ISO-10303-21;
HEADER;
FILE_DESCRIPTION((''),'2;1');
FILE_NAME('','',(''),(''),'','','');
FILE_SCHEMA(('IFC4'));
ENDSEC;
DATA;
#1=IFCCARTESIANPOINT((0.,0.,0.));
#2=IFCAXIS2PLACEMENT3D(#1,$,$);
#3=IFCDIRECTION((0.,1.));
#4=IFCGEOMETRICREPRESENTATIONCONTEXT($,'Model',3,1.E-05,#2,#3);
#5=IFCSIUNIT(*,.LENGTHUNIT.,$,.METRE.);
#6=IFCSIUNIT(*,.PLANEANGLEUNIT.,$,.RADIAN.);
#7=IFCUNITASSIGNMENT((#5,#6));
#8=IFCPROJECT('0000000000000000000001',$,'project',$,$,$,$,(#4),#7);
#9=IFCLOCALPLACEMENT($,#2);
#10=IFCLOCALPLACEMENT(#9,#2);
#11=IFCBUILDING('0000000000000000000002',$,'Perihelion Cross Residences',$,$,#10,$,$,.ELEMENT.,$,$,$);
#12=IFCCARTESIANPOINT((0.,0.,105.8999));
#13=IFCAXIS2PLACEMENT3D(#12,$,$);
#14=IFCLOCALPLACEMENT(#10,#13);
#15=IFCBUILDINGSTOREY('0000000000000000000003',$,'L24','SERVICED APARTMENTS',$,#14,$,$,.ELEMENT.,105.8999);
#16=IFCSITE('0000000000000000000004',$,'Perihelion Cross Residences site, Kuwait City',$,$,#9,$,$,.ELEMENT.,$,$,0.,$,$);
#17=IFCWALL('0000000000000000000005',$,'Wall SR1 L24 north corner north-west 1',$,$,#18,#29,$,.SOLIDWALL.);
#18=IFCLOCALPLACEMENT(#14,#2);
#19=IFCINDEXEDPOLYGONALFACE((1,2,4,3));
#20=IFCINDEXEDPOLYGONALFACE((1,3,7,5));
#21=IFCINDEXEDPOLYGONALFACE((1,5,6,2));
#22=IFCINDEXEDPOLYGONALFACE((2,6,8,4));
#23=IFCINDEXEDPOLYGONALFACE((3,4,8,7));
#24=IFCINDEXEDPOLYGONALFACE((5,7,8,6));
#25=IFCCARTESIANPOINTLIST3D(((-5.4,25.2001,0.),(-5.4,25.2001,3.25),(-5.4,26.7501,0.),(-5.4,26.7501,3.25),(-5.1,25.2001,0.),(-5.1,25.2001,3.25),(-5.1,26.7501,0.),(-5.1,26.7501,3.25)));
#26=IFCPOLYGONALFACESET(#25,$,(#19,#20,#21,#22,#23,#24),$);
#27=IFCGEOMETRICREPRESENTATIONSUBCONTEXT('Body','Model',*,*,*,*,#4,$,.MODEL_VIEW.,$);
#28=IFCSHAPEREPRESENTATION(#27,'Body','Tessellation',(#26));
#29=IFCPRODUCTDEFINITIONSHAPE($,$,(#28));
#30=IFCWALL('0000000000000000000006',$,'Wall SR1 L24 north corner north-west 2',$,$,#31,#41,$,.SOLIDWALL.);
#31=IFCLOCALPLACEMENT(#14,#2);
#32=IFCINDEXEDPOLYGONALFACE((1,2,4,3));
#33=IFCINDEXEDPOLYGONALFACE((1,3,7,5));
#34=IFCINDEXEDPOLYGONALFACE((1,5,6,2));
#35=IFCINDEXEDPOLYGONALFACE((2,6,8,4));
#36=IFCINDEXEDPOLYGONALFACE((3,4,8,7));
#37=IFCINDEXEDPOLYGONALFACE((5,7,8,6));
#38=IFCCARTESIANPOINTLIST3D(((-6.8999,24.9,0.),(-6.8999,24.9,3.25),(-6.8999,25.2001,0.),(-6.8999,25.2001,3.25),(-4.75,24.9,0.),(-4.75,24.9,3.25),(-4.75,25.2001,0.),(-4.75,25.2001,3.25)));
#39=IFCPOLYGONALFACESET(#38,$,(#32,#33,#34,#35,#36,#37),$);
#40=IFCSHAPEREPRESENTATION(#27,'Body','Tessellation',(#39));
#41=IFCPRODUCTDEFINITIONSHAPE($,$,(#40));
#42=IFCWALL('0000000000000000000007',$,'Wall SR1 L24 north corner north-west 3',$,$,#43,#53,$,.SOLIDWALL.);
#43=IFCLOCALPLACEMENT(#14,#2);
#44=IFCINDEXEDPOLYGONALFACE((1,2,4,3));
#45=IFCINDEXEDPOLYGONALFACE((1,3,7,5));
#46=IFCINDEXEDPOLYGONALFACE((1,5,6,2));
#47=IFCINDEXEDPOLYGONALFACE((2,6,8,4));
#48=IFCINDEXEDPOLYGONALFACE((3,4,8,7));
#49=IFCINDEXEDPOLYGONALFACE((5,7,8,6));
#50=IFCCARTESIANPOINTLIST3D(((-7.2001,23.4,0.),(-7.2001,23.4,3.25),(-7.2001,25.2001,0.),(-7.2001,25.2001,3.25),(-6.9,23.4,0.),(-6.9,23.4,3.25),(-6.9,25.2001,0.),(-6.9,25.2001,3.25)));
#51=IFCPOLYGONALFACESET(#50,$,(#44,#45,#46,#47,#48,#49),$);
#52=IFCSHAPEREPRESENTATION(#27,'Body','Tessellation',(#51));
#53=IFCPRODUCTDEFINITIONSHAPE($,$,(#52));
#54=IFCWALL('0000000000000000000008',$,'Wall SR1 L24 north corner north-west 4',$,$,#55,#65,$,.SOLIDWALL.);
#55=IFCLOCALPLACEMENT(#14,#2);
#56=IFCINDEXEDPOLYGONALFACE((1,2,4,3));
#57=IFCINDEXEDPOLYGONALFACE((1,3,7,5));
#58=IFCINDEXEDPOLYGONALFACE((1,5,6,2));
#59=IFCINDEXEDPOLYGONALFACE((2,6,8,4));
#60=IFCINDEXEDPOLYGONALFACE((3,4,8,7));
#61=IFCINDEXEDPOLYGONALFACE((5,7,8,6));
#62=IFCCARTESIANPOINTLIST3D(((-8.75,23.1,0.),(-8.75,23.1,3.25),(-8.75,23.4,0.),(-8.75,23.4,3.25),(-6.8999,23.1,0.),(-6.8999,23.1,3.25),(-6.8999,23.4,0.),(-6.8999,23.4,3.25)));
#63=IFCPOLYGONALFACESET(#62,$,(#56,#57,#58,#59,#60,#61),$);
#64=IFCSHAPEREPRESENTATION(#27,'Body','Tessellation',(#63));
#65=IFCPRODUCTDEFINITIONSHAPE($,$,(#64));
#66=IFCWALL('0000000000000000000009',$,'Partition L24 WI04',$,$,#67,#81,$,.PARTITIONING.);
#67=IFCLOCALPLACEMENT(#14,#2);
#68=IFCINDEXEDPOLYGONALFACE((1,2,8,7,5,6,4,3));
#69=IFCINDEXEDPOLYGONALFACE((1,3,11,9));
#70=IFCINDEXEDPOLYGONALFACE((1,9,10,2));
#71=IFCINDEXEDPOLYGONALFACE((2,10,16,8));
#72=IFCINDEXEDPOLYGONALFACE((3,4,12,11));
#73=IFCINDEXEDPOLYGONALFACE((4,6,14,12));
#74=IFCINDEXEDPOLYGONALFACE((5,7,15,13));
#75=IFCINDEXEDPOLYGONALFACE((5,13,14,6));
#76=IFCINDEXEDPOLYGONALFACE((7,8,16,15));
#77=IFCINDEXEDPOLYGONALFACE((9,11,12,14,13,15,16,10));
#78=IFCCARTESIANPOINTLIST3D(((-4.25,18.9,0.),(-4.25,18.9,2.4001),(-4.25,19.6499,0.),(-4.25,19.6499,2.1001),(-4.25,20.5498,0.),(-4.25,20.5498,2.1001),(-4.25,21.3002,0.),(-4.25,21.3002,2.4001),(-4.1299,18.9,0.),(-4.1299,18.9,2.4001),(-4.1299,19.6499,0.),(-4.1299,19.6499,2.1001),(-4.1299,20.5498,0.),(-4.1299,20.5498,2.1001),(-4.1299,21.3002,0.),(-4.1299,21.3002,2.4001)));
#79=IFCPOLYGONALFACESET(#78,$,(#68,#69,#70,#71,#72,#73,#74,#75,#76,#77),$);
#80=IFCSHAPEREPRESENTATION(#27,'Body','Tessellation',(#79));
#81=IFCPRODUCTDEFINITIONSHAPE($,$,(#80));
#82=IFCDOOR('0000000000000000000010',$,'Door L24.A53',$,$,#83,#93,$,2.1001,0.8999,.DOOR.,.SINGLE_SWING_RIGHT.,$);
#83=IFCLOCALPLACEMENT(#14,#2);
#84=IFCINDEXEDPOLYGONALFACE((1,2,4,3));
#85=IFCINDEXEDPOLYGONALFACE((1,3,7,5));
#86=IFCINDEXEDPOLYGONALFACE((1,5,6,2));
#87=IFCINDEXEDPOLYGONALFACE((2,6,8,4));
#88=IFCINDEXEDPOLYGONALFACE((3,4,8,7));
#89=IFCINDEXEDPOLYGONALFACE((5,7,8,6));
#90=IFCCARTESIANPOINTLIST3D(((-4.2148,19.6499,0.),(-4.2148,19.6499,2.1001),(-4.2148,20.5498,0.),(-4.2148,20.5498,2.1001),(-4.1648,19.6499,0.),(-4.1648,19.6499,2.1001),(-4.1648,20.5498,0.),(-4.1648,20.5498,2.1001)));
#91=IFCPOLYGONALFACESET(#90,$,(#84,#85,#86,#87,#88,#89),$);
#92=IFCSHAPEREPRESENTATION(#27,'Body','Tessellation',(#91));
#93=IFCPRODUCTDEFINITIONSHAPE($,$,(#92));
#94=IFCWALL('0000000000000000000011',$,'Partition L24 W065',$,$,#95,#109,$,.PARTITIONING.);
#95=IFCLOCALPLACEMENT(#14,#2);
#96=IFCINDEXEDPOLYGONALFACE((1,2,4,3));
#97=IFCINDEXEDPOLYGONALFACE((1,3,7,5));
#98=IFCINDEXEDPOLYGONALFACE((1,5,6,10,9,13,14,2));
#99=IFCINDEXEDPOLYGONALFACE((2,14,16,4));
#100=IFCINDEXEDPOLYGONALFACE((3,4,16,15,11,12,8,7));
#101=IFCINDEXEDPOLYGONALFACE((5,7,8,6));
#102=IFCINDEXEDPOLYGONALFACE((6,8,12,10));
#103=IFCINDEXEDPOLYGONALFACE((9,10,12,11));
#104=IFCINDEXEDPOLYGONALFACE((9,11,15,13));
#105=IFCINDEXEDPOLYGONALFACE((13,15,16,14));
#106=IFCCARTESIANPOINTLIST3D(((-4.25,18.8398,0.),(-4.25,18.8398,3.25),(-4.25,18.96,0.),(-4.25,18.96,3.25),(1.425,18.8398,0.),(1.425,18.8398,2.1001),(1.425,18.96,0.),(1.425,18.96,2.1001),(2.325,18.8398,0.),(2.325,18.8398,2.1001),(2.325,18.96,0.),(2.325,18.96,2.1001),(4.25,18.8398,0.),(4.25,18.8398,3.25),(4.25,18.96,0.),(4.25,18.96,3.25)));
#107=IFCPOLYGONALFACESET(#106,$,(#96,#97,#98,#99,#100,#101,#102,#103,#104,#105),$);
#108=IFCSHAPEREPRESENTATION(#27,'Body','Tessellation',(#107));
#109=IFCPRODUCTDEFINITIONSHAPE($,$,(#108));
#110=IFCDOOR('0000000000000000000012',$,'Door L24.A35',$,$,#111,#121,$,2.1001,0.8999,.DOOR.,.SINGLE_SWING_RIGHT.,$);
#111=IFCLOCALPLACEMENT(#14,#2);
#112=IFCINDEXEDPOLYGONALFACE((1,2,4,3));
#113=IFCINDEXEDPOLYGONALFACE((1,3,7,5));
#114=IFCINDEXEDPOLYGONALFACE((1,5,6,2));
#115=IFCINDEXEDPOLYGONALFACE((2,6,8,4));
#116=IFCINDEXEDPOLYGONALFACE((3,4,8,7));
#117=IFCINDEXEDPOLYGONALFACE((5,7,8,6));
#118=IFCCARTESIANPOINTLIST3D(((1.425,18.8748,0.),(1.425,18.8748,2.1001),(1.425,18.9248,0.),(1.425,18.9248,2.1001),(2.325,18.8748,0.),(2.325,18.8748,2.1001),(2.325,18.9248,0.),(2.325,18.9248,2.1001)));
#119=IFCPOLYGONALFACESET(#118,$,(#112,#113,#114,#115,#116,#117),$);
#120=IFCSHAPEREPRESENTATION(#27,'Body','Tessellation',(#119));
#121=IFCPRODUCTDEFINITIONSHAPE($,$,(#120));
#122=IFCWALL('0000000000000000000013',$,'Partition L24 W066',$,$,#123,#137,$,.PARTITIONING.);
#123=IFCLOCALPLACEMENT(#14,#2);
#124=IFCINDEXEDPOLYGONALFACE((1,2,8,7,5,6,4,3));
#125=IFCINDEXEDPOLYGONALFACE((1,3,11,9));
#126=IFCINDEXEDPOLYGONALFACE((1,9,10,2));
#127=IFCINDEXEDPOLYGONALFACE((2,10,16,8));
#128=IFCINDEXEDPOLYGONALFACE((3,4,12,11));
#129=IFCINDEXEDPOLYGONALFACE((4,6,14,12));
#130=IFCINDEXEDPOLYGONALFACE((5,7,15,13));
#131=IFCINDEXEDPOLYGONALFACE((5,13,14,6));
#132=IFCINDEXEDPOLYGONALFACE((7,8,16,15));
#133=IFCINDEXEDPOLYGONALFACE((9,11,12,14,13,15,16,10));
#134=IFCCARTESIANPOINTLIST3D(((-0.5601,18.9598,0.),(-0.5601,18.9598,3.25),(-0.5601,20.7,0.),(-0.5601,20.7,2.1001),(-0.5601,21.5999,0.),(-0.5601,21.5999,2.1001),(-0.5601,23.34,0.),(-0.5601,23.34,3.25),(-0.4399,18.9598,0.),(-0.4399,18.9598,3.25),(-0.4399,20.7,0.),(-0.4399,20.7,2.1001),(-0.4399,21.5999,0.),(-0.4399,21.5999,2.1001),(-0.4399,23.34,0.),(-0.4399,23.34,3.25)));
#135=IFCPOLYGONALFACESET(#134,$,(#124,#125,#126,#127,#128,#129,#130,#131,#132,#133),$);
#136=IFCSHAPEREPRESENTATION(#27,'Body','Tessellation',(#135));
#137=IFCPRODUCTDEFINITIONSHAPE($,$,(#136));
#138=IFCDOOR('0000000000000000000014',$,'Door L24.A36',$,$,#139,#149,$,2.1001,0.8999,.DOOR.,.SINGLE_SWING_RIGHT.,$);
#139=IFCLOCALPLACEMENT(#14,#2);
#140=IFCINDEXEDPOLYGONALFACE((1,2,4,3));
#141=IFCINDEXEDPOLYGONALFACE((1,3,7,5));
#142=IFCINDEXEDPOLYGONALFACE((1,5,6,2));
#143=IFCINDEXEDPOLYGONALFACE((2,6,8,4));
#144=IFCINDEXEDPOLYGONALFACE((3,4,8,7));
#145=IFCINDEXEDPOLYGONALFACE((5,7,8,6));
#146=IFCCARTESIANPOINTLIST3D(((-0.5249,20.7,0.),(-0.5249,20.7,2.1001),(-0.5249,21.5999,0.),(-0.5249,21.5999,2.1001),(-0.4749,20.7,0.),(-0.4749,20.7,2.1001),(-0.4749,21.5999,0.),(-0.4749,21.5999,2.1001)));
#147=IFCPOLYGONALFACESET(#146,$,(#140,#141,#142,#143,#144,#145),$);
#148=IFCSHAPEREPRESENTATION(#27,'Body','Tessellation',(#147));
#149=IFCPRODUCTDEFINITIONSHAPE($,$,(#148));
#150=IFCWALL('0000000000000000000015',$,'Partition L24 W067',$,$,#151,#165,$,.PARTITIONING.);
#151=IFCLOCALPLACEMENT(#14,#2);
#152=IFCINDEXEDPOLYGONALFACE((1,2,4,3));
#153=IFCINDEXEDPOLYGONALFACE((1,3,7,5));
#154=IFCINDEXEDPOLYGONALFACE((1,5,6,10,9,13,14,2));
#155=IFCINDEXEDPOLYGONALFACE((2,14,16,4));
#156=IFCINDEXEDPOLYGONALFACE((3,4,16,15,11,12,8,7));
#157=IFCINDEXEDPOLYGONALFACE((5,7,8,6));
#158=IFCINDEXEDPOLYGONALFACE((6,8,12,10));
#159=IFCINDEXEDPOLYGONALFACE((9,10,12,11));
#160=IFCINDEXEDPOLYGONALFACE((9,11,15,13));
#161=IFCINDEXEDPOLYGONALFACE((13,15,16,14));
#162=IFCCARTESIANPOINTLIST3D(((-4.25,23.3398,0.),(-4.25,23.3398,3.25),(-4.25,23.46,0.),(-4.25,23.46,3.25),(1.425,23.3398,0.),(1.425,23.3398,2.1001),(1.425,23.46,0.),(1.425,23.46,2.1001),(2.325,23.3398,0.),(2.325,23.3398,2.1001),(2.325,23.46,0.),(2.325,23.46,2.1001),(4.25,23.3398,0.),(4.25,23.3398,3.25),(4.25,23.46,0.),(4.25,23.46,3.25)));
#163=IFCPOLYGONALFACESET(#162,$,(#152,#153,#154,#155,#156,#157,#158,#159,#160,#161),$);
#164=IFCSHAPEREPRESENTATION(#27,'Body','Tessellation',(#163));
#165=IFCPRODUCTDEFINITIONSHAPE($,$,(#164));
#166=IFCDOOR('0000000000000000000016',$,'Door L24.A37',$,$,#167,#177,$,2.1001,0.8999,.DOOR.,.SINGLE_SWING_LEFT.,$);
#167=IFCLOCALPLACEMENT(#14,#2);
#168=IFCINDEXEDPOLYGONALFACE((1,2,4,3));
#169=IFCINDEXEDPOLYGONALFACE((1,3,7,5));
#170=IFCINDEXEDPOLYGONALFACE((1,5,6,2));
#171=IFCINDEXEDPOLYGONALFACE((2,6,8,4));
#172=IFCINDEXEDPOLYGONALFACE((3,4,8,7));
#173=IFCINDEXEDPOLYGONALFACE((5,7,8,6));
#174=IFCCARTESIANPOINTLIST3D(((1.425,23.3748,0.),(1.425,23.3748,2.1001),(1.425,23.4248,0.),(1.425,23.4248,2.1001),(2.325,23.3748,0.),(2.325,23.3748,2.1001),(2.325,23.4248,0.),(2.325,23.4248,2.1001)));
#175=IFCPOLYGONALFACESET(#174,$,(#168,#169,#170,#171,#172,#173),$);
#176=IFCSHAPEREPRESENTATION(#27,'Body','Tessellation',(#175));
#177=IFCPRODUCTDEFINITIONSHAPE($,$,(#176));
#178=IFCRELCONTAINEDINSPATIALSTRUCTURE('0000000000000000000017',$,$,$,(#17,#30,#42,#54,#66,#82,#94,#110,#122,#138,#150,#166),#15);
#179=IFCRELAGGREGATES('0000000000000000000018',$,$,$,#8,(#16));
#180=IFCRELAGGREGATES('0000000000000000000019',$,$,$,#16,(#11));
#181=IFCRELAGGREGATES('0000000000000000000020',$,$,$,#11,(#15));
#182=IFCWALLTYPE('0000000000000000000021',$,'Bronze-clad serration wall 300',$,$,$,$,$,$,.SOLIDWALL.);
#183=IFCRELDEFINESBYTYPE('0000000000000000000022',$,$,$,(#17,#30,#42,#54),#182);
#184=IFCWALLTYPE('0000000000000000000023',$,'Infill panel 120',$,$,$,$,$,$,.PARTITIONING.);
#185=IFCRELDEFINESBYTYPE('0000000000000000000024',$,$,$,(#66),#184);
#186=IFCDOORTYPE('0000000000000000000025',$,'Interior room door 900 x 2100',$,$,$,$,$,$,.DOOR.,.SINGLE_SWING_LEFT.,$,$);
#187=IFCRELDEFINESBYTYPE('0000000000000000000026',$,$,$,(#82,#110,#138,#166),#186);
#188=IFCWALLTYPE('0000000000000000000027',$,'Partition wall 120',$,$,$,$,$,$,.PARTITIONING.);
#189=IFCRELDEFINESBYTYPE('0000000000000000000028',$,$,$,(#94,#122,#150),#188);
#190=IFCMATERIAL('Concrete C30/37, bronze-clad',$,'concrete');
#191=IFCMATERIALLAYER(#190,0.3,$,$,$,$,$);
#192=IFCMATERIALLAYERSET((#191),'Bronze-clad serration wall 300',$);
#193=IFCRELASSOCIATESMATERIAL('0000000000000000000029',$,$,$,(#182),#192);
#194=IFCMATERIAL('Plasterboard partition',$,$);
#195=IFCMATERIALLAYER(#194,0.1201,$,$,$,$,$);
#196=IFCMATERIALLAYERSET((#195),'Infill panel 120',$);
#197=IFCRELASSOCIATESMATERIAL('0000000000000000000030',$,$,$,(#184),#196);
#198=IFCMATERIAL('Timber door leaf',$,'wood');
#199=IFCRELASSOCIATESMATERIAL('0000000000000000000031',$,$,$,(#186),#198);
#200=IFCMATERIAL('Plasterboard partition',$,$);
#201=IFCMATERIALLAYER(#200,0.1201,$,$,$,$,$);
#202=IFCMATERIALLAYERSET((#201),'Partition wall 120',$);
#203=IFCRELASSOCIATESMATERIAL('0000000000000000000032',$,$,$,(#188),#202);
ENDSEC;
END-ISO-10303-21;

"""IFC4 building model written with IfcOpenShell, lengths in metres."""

from ifc_helpers import new_model, si_unit, direction, frame, frame_2d, origin, place, context, subcontext, project, spatial, rectangle, extrude, material, layer, layer_set, type_object, element, fill, save


model = new_model("IFC4")

# Units and contexts
model_context = context("Model", 3, precision=1e-05, world=origin(), true_north=direction((0.0, 1.0)))
body_context = subcontext(model_context, "Body", "Model", "MODEL_VIEW")
ifc_project = project(units=[si_unit("LENGTHUNIT", "METRE"), si_unit("PLANEANGLEUNIT", "RADIAN")], contexts=[model_context])

# Site, building, storey
site_placement = place(None, origin())
site = spatial("IfcSite", under=ifc_project, at=site_placement, Name="Perihelion Cross Residences site, Kuwait City", CompositionType="ELEMENT", RefElevation=0.0)
building_placement = place(site_placement, origin())
building = spatial("IfcBuilding", under=site, at=building_placement, Name="Perihelion Cross Residences", CompositionType="ELEMENT")
storey_placement = place(building_placement, frame((0.0, 0.0, 105.8999)))
storey = spatial("IfcBuildingStorey", under=building, at=storey_placement, Name="L24", Description="SERVICED APARTMENTS", CompositionType="ELEMENT", Elevation=105.8999)

# Walls
ifc_material_1 = material(Name="Concrete C30/37, bronze-clad", Category="concrete")
ifc_layer_1 = layer(ifc_material_1, 0.3)
ifc_layer_set_1 = layer_set([ifc_layer_1], Name="Bronze-clad serration wall 300")
wall_type_1 = type_object("IfcWallType", Name="Bronze-clad serration wall 300", PredefinedType="SOLIDWALL", material=ifc_layer_set_1)
wall_1_placement = place(storey_placement, frame((-5.25, 26.75, 0.0), z_axis=(0.0, 0.0, 1.0), x_axis=(0.0, -1.0, 0.0)))
element("IfcWall", 1, at=wall_1_placement, inside=storey, type_object=wall_type_1, Name="Wall SR1 L24 north corner north-west 1", PredefinedType="SOLIDWALL", context=body_context, shape_type="SweptSolid", body=[
    extrude(rectangle(XDim=1.55, YDim=0.3, at=frame_2d((0.7749, 0.0))), origin(), (0.0, 0.0, 1.0), 3.25),
])
wall_2_placement = place(storey_placement, frame((-4.75, 25.05, 0.0), z_axis=(0.0, 0.0, 1.0), x_axis=(-1.0, 0.0, 0.0)))
element("IfcWall", 2, at=wall_2_placement, inside=storey, type_object=wall_type_1, Name="Wall SR1 L24 north corner north-west 2", PredefinedType="SOLIDWALL", context=body_context, shape_type="SweptSolid", body=[
    extrude(rectangle(XDim=2.1499, YDim=0.3, at=frame_2d((1.075, 0.0))), origin(), (0.0, 0.0, 1.0), 3.25),
])
wall_3_placement = place(storey_placement, frame((-7.05, 25.2, 0.0), z_axis=(0.0, 0.0, 1.0), x_axis=(0.0, -1.0, 0.0)))
element("IfcWall", 3, at=wall_3_placement, inside=storey, type_object=wall_type_1, Name="Wall SR1 L24 north corner north-west 3", PredefinedType="SOLIDWALL", context=body_context, shape_type="SweptSolid", body=[
    extrude(rectangle(XDim=1.8, YDim=0.3, at=frame_2d((0.8999, 0.0))), origin(), (0.0, 0.0, 1.0), 3.25),
])
wall_4_placement = place(storey_placement, frame((-6.8999, 23.25, 0.0), z_axis=(0.0, 0.0, 1.0), x_axis=(-1.0, 0.0, 0.0)))
element("IfcWall", 4, at=wall_4_placement, inside=storey, type_object=wall_type_1, Name="Wall SR1 L24 north corner north-west 4", PredefinedType="SOLIDWALL", context=body_context, shape_type="SweptSolid", body=[
    extrude(rectangle(XDim=1.8501, YDim=0.3, at=frame_2d((0.925, 0.0))), origin(), (0.0, 0.0, 1.0), 3.25),
])

# Walls, openings, doors
ifc_material_2 = material(Name="Plasterboard partition")
ifc_layer_2 = layer(ifc_material_2, 0.1201)
ifc_layer_set_2 = layer_set([ifc_layer_2], Name="Infill panel 120")
wall_type_2 = type_object("IfcWallType", Name="Infill panel 120", PredefinedType="PARTITIONING", material=ifc_layer_set_2)
wall_5_placement = place(storey_placement, frame((-4.1899, 18.8999, 0.0), z_axis=(0.0, 0.0, 1.0), x_axis=(0.0, 1.0, 0.0)))
wall_5 = element("IfcWall", 5, at=wall_5_placement, inside=storey, type_object=wall_type_2, Name="Partition L24 WI04", PredefinedType="PARTITIONING", context=body_context, shape_type="SweptSolid", body=[
    extrude(rectangle(XDim=2.4001, YDim=0.1201, at=frame_2d((1.2002, 0.0))), origin(), (0.0, 0.0, 1.0), 2.4001),
])
opening_1_placement = place(wall_5_placement, frame((0.75, 0.0, 0.0)))
opening_1 = element("IfcOpeningElement", 6, at=opening_1_placement, cuts=wall_5, PredefinedType="OPENING", context=body_context, shape_type="SweptSolid", body=[
    extrude(rectangle(XDim=0.8999, YDim=2.1001, at=frame_2d((0.45, 1.05))), frame((0.0, 0.0701, 0.0), z_axis=(0.0, -1.0, 0.0), x_axis=(1.0, 0.0, 0.0)), (0.0, 0.0, 1.0), 0.1401),
])
ifc_material_3 = material(Name="Timber door leaf", Category="wood")
door_type_1 = type_object("IfcDoorType", Name="Interior room door 900 x 2100", OperationType="SINGLE_SWING_LEFT", PredefinedType="DOOR", material=ifc_material_3)
door_1_placement = place(opening_1_placement, origin())
door_1 = element("IfcDoor", 7, at=door_1_placement, inside=storey, type_object=door_type_1, Name="Door L24.A53", OperationType="SINGLE_SWING_RIGHT", OverallHeight=2.1001, OverallWidth=0.8999, PredefinedType="DOOR", context=body_context, shape_type="SweptSolid", body=[
    extrude(rectangle(XDim=0.8999, YDim=2.1001, at=frame_2d((0.45, 1.05))), frame((0.0, 0.0249, 0.0), z_axis=(0.0, -1.0, 0.0), x_axis=(1.0, 0.0, 0.0)), (0.0, 0.0, 1.0), 0.05),
])
fill(opening_1, door_1)
ifc_material_4 = material(Name="Plasterboard partition")
ifc_layer_3 = layer(ifc_material_4, 0.1201)
ifc_layer_set_3 = layer_set([ifc_layer_3], Name="Partition wall 120")
wall_type_3 = type_object("IfcWallType", Name="Partition wall 120", PredefinedType="PARTITIONING", material=ifc_layer_set_3)
wall_6_placement = place(storey_placement, frame((-4.25, 18.8999, 0.0), z_axis=(0.0, 0.0, 1.0), x_axis=(1.0, 0.0, 0.0)))
wall_6 = element("IfcWall", 8, at=wall_6_placement, inside=storey, type_object=wall_type_3, Name="Partition L24 W065", PredefinedType="PARTITIONING", context=body_context, shape_type="SweptSolid", body=[
    extrude(rectangle(XDim=8.5, YDim=0.1201, at=frame_2d((4.25, 0.0))), origin(), (0.0, 0.0, 1.0), 3.25),
])
opening_2_placement = place(wall_6_placement, frame((5.675, 0.0, 0.0)))
opening_2 = element("IfcOpeningElement", 9, at=opening_2_placement, cuts=wall_6, PredefinedType="OPENING", context=body_context, shape_type="SweptSolid", body=[
    extrude(rectangle(XDim=0.8999, YDim=2.1001, at=frame_2d((0.45, 1.05))), frame((0.0, 0.0701, 0.0), z_axis=(0.0, -1.0, 0.0), x_axis=(1.0, 0.0, 0.0)), (0.0, 0.0, 1.0), 0.1401),
])
door_2_placement = place(opening_2_placement, origin())
door_2 = element("IfcDoor", 10, at=door_2_placement, inside=storey, type_object=door_type_1, Name="Door L24.A35", OperationType="SINGLE_SWING_RIGHT", OverallHeight=2.1001, OverallWidth=0.8999, PredefinedType="DOOR", context=body_context, shape_type="SweptSolid", body=[
    extrude(rectangle(XDim=0.8999, YDim=2.1001, at=frame_2d((0.45, 1.05))), frame((0.0, 0.0249, 0.0), z_axis=(0.0, -1.0, 0.0), x_axis=(1.0, 0.0, 0.0)), (0.0, 0.0, 1.0), 0.05),
])
fill(opening_2, door_2)
wall_7_placement = place(storey_placement, frame((-0.5, 18.96, 0.0), z_axis=(0.0, 0.0, 1.0), x_axis=(0.0, 1.0, 0.0)))
wall_7 = element("IfcWall", 11, at=wall_7_placement, inside=storey, type_object=wall_type_3, Name="Partition L24 W066", PredefinedType="PARTITIONING", context=body_context, shape_type="SweptSolid", body=[
    extrude(rectangle(XDim=4.3801, YDim=0.1201, at=frame_2d((2.1899, 0.0))), origin(), (0.0, 0.0, 1.0), 3.25),
])
opening_3_placement = place(wall_7_placement, frame((1.74, 0.0, 0.0)))
opening_3 = element("IfcOpeningElement", 12, at=opening_3_placement, cuts=wall_7, PredefinedType="OPENING", context=body_context, shape_type="SweptSolid", body=[
    extrude(rectangle(XDim=0.8999, YDim=2.1001, at=frame_2d((0.45, 1.05))), frame((0.0, 0.0701, 0.0), z_axis=(0.0, -1.0, 0.0), x_axis=(1.0, 0.0, 0.0)), (0.0, 0.0, 1.0), 0.1401),
])
door_3_placement = place(opening_3_placement, origin())
door_3 = element("IfcDoor", 13, at=door_3_placement, inside=storey, type_object=door_type_1, Name="Door L24.A36", OperationType="SINGLE_SWING_RIGHT", OverallHeight=2.1001, OverallWidth=0.8999, PredefinedType="DOOR", context=body_context, shape_type="SweptSolid", body=[
    extrude(rectangle(XDim=0.8999, YDim=2.1001, at=frame_2d((0.45, 1.05))), frame((0.0, 0.0249, 0.0), z_axis=(0.0, -1.0, 0.0), x_axis=(1.0, 0.0, 0.0)), (0.0, 0.0, 1.0), 0.05),
])
fill(opening_3, door_3)
wall_8_placement = place(storey_placement, frame((-4.25, 23.3999, 0.0), z_axis=(0.0, 0.0, 1.0), x_axis=(1.0, 0.0, 0.0)))
wall_8 = element("IfcWall", 14, at=wall_8_placement, inside=storey, type_object=wall_type_3, Name="Partition L24 W067", PredefinedType="PARTITIONING", context=body_context, shape_type="SweptSolid", body=[
    extrude(rectangle(XDim=8.5, YDim=0.1201, at=frame_2d((4.25, 0.0))), origin(), (0.0, 0.0, 1.0), 3.25),
])
opening_4_placement = place(wall_8_placement, frame((5.675, 0.0, 0.0)))
opening_4 = element("IfcOpeningElement", 15, at=opening_4_placement, cuts=wall_8, PredefinedType="OPENING", context=body_context, shape_type="SweptSolid", body=[
    extrude(rectangle(XDim=0.8999, YDim=2.1001, at=frame_2d((0.45, 1.05))), frame((0.0, 0.0701, 0.0), z_axis=(0.0, -1.0, 0.0), x_axis=(1.0, 0.0, 0.0)), (0.0, 0.0, 1.0), 0.1401),
])
door_4_placement = place(opening_4_placement, origin())
door_4 = element("IfcDoor", 16, at=door_4_placement, inside=storey, type_object=door_type_1, Name="Door L24.A37", OperationType="SINGLE_SWING_LEFT", OverallHeight=2.1001, OverallWidth=0.8999, PredefinedType="DOOR", context=body_context, shape_type="SweptSolid", body=[
    extrude(rectangle(XDim=0.8999, YDim=2.1001, at=frame_2d((0.45, 1.05))), frame((0.0, 0.0249, 0.0), z_axis=(0.0, -1.0, 0.0), x_axis=(1.0, 0.0, 0.0)), (0.0, 0.0, 1.0), 0.05),
])
fill(opening_4, door_4)

save(model, "model.ifc")
